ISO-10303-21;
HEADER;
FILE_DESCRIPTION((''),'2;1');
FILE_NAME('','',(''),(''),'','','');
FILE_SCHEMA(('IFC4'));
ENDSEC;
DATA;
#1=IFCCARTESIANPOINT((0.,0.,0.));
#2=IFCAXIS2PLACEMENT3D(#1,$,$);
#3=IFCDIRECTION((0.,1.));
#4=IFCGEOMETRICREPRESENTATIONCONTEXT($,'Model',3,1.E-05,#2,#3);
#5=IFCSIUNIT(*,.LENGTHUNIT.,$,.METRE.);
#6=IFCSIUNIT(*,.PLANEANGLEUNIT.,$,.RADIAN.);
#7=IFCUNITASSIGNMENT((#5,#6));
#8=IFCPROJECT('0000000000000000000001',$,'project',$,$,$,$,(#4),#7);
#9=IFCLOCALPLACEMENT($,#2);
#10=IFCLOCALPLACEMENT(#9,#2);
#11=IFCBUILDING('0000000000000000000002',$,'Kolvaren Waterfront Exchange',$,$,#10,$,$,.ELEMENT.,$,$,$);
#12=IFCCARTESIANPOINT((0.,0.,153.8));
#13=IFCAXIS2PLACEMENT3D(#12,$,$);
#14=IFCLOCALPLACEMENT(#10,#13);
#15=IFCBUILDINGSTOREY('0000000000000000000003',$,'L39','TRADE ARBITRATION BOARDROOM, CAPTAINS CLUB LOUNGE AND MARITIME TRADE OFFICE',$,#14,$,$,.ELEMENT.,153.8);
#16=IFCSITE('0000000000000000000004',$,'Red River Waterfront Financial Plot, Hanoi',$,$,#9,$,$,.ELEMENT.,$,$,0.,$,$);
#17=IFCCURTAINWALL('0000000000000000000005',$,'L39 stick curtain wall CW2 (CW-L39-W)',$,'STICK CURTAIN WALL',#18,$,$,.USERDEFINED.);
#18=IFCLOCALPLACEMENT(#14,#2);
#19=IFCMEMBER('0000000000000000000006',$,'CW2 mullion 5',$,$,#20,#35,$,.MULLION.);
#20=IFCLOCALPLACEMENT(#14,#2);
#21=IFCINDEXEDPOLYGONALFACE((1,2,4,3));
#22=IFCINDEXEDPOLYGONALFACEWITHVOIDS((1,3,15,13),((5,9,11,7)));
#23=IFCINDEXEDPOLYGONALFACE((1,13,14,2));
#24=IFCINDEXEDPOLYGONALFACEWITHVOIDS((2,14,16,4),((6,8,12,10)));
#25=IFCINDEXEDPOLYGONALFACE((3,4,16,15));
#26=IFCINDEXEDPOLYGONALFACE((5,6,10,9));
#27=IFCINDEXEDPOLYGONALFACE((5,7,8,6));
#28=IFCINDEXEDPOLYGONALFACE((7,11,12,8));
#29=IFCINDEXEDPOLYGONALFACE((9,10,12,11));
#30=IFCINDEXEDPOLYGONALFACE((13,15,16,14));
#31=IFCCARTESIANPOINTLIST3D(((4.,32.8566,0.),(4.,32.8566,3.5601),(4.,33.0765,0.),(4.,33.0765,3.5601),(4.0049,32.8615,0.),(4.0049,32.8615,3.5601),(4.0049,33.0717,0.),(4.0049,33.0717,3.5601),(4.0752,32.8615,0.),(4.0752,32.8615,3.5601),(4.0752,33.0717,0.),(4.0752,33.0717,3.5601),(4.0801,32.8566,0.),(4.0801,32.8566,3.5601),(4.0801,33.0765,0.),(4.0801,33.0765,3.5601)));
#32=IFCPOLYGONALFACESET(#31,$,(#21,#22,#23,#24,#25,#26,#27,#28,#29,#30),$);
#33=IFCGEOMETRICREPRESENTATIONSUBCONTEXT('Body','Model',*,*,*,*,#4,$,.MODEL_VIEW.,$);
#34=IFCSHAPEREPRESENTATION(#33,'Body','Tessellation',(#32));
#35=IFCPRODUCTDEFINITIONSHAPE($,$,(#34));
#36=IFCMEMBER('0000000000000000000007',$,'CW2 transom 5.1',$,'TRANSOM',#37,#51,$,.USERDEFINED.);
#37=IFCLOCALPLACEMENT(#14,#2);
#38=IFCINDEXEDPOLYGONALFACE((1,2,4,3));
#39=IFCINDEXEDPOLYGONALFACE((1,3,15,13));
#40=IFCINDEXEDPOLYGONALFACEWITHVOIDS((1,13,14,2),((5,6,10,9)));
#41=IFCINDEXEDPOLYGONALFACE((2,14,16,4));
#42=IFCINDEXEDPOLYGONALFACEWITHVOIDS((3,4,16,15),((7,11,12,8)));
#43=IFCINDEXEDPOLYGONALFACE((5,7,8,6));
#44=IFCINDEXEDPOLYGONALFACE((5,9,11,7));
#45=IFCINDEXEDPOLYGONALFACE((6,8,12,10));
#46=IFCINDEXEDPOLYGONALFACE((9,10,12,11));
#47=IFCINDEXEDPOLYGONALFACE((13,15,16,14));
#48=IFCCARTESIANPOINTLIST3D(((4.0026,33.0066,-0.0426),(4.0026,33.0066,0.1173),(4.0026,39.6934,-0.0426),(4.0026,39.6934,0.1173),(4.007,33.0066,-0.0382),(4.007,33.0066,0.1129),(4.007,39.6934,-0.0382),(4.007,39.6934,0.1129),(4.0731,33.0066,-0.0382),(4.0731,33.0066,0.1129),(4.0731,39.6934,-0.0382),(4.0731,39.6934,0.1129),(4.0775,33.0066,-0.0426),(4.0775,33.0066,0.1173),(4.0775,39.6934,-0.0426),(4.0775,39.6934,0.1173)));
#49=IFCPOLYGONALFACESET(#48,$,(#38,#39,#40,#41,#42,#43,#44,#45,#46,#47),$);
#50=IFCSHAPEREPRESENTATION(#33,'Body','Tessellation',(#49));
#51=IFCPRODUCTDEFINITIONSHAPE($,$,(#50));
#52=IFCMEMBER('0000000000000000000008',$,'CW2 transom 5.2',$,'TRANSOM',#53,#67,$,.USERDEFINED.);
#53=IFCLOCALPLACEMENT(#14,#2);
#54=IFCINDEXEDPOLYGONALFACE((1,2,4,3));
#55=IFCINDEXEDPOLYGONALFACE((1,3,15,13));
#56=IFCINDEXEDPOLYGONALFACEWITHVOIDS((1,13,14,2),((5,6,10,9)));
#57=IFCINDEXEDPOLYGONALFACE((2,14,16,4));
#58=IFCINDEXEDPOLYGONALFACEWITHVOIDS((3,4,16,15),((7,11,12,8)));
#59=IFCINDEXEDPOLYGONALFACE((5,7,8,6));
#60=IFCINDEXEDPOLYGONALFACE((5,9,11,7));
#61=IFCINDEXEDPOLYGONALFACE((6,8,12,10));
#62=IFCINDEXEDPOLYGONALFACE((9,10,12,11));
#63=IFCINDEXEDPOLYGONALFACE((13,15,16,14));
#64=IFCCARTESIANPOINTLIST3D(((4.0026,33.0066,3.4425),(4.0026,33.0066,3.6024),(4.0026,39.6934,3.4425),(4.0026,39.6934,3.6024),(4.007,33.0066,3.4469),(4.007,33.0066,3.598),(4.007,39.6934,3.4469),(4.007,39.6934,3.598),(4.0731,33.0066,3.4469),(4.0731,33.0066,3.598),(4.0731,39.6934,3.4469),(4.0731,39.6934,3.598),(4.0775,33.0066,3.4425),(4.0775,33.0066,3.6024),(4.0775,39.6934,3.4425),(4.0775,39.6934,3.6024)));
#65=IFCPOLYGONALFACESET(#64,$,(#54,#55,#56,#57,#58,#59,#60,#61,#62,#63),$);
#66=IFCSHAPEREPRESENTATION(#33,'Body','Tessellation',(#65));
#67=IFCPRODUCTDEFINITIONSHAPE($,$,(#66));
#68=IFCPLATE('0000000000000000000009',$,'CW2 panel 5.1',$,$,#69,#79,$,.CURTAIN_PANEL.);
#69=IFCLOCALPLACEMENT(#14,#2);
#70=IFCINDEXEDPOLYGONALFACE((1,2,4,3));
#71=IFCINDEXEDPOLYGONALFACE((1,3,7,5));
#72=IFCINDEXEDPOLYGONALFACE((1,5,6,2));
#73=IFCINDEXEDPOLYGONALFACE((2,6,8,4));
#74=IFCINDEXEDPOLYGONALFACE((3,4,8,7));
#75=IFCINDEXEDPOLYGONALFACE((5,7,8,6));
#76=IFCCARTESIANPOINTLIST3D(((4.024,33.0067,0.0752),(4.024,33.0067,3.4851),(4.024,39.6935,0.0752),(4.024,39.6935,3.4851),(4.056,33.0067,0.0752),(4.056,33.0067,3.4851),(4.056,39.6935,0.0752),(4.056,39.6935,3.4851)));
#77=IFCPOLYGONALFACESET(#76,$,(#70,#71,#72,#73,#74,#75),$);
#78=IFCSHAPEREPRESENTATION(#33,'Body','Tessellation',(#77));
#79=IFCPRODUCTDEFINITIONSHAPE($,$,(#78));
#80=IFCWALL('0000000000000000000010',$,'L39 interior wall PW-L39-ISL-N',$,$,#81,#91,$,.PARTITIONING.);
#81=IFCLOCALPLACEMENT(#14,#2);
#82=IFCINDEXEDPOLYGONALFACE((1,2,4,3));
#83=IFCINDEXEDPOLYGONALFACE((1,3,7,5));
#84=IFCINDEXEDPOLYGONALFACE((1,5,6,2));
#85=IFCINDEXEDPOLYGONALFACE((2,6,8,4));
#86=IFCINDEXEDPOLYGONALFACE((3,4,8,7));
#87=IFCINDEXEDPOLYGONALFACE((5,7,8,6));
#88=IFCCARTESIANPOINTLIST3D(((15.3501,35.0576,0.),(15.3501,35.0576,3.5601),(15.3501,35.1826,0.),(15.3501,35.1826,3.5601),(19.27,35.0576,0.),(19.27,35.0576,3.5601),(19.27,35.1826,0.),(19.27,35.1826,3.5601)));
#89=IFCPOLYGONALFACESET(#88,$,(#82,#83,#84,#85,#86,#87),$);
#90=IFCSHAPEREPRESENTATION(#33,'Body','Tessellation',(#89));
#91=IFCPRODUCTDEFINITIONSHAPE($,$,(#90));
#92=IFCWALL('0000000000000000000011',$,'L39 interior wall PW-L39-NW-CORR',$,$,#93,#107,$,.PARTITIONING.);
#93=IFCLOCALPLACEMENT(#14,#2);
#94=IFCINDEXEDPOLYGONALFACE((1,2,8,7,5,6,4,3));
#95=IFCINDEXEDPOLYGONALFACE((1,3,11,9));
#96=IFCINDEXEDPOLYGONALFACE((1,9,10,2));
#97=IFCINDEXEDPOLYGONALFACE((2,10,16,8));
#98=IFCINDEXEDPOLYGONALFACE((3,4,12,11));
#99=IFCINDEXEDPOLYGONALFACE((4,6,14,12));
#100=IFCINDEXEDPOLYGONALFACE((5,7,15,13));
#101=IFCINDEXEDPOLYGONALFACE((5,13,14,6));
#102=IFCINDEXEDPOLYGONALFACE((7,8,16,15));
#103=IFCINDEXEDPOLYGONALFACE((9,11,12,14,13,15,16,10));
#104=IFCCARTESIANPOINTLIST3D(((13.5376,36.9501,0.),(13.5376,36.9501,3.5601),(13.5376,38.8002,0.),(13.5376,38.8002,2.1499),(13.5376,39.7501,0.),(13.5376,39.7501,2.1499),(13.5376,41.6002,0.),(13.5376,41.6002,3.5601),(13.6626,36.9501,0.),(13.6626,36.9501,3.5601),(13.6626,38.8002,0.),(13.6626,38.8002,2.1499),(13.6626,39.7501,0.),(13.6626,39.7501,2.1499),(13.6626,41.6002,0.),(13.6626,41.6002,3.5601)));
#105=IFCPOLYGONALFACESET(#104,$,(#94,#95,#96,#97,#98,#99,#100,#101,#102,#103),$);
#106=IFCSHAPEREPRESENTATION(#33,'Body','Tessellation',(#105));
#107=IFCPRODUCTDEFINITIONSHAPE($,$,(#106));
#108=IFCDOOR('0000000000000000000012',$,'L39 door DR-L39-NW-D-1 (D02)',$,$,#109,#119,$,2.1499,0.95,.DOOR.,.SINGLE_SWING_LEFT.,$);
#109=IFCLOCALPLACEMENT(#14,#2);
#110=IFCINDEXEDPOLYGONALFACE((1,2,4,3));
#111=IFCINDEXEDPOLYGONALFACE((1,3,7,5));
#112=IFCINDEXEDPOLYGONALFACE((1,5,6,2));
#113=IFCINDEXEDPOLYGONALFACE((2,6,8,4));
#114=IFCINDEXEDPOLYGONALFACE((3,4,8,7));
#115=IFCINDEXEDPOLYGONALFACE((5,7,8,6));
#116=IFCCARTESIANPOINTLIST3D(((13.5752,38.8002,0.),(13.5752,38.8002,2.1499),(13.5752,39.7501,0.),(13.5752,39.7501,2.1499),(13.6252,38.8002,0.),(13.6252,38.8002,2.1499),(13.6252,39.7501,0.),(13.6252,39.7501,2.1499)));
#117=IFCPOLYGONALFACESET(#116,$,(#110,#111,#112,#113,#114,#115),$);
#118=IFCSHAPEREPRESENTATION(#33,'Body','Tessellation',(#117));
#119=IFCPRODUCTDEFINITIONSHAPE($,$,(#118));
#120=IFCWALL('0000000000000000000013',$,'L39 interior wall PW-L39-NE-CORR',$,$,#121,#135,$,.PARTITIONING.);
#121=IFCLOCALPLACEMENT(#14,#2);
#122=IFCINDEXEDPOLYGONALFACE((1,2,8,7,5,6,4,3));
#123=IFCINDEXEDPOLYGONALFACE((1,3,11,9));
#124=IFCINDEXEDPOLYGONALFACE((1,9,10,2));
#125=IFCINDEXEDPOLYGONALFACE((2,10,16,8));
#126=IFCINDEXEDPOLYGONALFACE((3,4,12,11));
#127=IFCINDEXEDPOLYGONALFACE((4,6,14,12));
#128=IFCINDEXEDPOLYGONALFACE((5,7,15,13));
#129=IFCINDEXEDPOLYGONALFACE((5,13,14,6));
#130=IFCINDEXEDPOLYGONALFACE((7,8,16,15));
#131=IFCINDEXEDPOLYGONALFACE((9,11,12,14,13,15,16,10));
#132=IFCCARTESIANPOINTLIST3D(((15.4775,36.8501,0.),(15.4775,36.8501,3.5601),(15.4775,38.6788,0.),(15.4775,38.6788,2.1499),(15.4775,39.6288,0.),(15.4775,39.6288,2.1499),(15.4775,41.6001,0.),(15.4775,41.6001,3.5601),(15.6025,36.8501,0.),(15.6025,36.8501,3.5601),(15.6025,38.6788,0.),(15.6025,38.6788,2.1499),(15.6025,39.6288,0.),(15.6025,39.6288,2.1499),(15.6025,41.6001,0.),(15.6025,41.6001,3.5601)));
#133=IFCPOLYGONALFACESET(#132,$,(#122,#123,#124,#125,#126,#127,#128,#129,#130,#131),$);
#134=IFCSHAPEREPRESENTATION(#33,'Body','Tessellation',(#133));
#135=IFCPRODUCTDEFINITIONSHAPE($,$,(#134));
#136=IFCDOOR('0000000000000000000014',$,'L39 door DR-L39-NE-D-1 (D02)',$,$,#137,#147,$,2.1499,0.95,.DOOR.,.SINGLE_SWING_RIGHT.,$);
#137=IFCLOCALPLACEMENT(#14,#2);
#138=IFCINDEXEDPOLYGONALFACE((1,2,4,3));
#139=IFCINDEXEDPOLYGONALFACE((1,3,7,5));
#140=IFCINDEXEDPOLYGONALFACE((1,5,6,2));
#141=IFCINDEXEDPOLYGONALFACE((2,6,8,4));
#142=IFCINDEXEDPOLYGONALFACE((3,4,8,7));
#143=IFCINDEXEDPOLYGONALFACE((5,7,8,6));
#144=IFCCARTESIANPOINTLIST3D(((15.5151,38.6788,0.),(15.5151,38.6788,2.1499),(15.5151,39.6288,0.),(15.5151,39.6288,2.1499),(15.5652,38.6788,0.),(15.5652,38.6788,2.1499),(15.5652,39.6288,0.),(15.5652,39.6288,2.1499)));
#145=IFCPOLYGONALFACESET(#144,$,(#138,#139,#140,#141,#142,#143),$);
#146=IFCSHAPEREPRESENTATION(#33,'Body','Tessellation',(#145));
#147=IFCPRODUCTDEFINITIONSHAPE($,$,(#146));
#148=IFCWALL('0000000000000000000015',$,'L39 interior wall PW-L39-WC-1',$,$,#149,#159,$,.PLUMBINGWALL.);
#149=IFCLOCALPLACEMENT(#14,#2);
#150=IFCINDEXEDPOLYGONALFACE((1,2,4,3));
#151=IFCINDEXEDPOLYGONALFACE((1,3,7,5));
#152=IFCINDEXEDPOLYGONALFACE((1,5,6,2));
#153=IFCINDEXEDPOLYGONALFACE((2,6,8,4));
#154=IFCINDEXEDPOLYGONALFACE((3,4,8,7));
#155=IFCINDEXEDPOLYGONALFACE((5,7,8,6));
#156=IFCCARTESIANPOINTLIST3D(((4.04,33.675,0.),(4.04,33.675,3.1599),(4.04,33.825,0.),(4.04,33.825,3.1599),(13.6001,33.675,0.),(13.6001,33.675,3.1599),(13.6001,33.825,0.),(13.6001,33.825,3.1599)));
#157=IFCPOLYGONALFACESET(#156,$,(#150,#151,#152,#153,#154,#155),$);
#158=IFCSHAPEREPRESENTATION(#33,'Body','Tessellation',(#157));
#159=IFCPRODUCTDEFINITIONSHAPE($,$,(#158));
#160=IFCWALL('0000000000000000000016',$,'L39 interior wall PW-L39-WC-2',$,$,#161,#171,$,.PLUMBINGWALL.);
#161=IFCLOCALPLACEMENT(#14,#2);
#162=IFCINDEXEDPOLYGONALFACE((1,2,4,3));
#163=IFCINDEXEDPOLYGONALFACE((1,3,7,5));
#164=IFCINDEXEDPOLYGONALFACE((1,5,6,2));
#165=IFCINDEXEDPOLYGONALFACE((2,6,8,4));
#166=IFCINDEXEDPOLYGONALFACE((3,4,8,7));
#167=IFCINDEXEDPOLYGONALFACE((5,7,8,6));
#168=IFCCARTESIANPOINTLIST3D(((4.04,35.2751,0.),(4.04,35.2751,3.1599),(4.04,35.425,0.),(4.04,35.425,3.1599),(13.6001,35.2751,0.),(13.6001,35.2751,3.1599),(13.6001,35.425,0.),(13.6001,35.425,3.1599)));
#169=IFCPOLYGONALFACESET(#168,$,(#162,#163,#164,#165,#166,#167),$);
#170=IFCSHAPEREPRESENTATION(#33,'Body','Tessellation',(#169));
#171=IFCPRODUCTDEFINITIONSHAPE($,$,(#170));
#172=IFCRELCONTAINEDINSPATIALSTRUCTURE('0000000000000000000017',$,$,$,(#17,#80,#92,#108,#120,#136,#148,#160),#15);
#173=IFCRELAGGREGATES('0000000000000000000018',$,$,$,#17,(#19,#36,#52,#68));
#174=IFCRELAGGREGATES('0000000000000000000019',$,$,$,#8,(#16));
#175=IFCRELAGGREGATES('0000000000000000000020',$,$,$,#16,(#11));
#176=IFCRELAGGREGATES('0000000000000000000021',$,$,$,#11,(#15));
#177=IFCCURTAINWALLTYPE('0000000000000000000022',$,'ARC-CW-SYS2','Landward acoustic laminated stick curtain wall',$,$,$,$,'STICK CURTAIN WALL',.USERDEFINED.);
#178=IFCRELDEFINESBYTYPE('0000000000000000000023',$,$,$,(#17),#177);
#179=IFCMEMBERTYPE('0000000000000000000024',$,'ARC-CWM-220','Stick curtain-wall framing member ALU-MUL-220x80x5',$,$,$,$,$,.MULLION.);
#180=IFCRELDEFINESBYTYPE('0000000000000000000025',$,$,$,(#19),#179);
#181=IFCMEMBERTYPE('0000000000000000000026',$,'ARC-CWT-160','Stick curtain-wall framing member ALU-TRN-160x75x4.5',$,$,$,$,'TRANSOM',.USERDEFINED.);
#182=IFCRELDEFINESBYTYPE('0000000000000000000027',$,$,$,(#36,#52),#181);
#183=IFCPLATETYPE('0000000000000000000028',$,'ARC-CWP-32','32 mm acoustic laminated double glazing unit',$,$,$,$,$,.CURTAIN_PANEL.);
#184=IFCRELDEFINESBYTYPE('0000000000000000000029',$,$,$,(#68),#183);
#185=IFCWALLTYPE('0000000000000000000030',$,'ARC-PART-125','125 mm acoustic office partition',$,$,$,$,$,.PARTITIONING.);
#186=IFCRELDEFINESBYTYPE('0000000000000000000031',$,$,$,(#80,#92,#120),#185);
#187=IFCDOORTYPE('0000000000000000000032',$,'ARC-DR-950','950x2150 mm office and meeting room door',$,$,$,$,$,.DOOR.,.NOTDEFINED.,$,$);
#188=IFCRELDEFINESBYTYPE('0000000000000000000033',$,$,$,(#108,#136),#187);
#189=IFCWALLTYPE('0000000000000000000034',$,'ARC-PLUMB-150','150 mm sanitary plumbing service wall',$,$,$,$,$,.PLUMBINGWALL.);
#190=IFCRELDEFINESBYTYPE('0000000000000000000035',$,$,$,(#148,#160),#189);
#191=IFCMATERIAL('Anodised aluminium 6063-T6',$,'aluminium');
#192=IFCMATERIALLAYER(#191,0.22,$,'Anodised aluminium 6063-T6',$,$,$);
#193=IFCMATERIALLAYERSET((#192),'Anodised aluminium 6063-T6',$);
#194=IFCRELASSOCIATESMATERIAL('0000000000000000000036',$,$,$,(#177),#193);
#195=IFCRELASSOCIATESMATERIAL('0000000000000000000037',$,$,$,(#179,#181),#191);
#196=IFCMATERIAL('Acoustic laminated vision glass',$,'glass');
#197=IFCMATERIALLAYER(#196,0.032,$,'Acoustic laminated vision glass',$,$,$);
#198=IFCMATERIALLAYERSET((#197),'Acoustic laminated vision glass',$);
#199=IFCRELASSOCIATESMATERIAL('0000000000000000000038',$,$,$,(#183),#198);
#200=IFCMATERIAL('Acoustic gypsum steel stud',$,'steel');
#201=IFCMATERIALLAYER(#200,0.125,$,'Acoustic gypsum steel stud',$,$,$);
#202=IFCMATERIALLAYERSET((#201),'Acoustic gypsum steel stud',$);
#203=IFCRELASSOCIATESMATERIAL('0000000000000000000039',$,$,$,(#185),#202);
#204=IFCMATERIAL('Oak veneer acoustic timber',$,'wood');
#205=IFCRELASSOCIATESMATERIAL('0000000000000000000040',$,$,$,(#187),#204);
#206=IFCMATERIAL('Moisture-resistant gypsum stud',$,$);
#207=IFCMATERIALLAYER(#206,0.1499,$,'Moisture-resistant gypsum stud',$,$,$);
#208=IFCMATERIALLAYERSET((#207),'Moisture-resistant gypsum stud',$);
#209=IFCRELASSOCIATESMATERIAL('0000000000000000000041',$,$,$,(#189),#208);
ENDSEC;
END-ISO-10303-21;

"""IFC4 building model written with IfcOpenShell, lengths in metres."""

from ifc_helpers import new_model, si_unit, direction, frame, frame_2d, origin, origin_with_axes, origin_2d, place, context, subcontext, project, spatial, rectangle, hollow_rectangle, extrude, source, transform, mapped, material, layer, layer_set, material_profile, profile_set, type_object, element, fill, aggregate, save


model = new_model("IFC4")

# Units and contexts
model_context = context("Model", 3, precision=1e-05, world=origin(), true_north=direction((0.0, 1.0)))
body_context = subcontext(model_context, "Body", "Model", "MODEL_VIEW")
ifc_project = project(units=[si_unit("LENGTHUNIT", "METRE"), si_unit("PLANEANGLEUNIT", "RADIAN")], contexts=[model_context])

# Site, building, storey
site_placement = place(None, origin())
site = spatial("IfcSite", under=ifc_project, at=site_placement, Name="Red River Waterfront Financial Plot, Hanoi", CompositionType="ELEMENT", RefElevation=0.0)
building_placement = place(site_placement, origin())
building = spatial("IfcBuilding", under=site, at=building_placement, Name="Kolvaren Waterfront Exchange", CompositionType="ELEMENT")
storey_placement = place(building_placement, frame((0.0, 0.0, 153.8)))
storey = spatial("IfcBuildingStorey", under=building, at=storey_placement, Name="L39", Description="TRADE ARBITRATION BOARDROOM, CAPTAINS CLUB LOUNGE AND MARITIME TRADE OFFICE", CompositionType="ELEMENT", Elevation=153.8)

# Curtain wall, members, plate
ifc_material_1 = material(Name="Anodised aluminium 6063-T6", Category="aluminium")
ifc_layer_1 = layer(ifc_material_1, 0.22, Name="Anodised aluminium 6063-T6")
ifc_layer_set_1 = layer_set([ifc_layer_1], Name="Anodised aluminium 6063-T6")
curtain_wall_type = type_object("IfcCurtainWallType", Name="ARC-CW-SYS2", Description="Landward acoustic laminated stick curtain wall", ElementType="STICK CURTAIN WALL", PredefinedType="USERDEFINED", material=ifc_layer_set_1)
curtain_wall_placement = place(storey_placement, origin())
curtain_wall = element("IfcCurtainWall", 1, at=curtain_wall_placement, inside=storey, type_object=curtain_wall_type, Name="L39 stick curtain wall CW2 (CW-L39-W)", ObjectType="STICK CURTAIN WALL", PredefinedType="USERDEFINED")
ifc_material_profile_1 = material_profile(ifc_material_1, hollow_rectangle(XDim=0.0801, YDim=0.22, WallThickness=0.0049, at=origin_2d()), Name="ALU-MUL-220x80x5")
ifc_profile_set_1 = profile_set([ifc_material_profile_1], Name="Anodised aluminium 6063-T6")
member_type_1 = type_object("IfcMemberType", Name="ARC-CWM-220", Description="Stick curtain-wall framing member ALU-MUL-220x80x5", PredefinedType="MULLION", material=ifc_profile_set_1)
shared_shape_1 = source(origin_with_axes(), body_context, "Body", "SweptSolid", [
    extrude(hollow_rectangle(XDim=0.0801, YDim=0.22, WallThickness=0.0049, at=origin_2d()), origin(), (0.0, 0.0, 1.0), 3.5601),
])
member_1_placement = place(storey_placement, frame((4.04, 32.9666, 0.0), z_axis=(0.0, 0.0, 1.0), x_axis=(-1.0, 0.0, 0.0)))
member_1 = element("IfcMember", 2, at=member_1_placement, type_object=member_type_1, Name="CW2 mullion 5", PredefinedType="MULLION", context=body_context, shape_type="MappedRepresentation", body=[
    mapped(shared_shape_1, transform((0.0, 0.0, 0.0), x_axis=(1.0, 0.0, 0.0), y_axis=(0.0, 1.0, 0.0), z_axis=(0.0, 0.0, 1.0), scale=1.0)),
])
ifc_material_profile_2 = material_profile(ifc_material_1, hollow_rectangle(XDim=0.075, YDim=0.1599, WallThickness=0.0044, at=origin_2d()), Name="ALU-TRN-160x75x4.5")
ifc_profile_set_2 = profile_set([ifc_material_profile_2], Name="Anodised aluminium 6063-T6")
member_type_2 = type_object("IfcMemberType", Name="ARC-CWT-160", Description="Stick curtain-wall framing member ALU-TRN-160x75x4.5", ElementType="TRANSOM", PredefinedType="USERDEFINED", material=ifc_profile_set_2)
shared_shape_2 = source(origin_with_axes(), body_context, "Body", "SweptSolid", [
    extrude(hollow_rectangle(XDim=0.075, YDim=0.1599, WallThickness=0.0044, at=origin_2d()), origin(), (0.0, 0.0, 1.0), 6.6868),
])
member_2_placement = place(storey_placement, frame((4.04, 33.0066, 0.0374), z_axis=(0.0, 1.0, 0.0), x_axis=(-1.0, 0.0, 0.0)))
member_2 = element("IfcMember", 3, at=member_2_placement, type_object=member_type_2, Name="CW2 transom 5.1", ObjectType="TRANSOM", PredefinedType="USERDEFINED", context=body_context, shape_type="MappedRepresentation", body=[
    mapped(shared_shape_2, transform((0.0, 0.0, 0.0), x_axis=(1.0, 0.0, 0.0), y_axis=(0.0, 1.0, 0.0), z_axis=(0.0, 0.0, 1.0), scale=1.0)),
])
member_3_placement = place(storey_placement, frame((4.04, 33.0066, 3.5225), z_axis=(0.0, 1.0, 0.0), x_axis=(-1.0, 0.0, 0.0)))
member_3 = element("IfcMember", 4, at=member_3_placement, type_object=member_type_2, Name="CW2 transom 5.2", ObjectType="TRANSOM", PredefinedType="USERDEFINED", context=body_context, shape_type="MappedRepresentation", body=[
    mapped(shared_shape_2, transform((0.0, 0.0, 0.0), x_axis=(1.0, 0.0, 0.0), y_axis=(0.0, 1.0, 0.0), z_axis=(0.0, 0.0, 1.0), scale=1.0)),
])
ifc_material_2 = material(Name="Acoustic laminated vision glass", Category="glass")
ifc_layer_2 = layer(ifc_material_2, 0.032, Name="Acoustic laminated vision glass")
ifc_layer_set_2 = layer_set([ifc_layer_2], Name="Acoustic laminated vision glass")
plate_type = type_object("IfcPlateType", Name="ARC-CWP-32", Description="32 mm acoustic laminated double glazing unit", PredefinedType="CURTAIN_PANEL", material=ifc_layer_set_2)
shared_shape_3 = source(origin_with_axes(), body_context, "Body", "SweptSolid", [
    extrude(rectangle(XDim=6.6868, YDim=0.032, at=origin_2d()), origin(), (0.0, 0.0, 1.0), 3.4099),
])
plate_placement = place(storey_placement, frame((4.04, 36.3501, 0.0752), z_axis=(0.0, 0.0, 1.0), x_axis=(0.0, 1.0, 0.0)))
plate = element("IfcPlate", 5, at=plate_placement, type_object=plate_type, Name="CW2 panel 5.1", PredefinedType="CURTAIN_PANEL", context=body_context, shape_type="MappedRepresentation", body=[
    mapped(shared_shape_3, transform((0.0, 0.0, 0.0), x_axis=(1.0, 0.0, 0.0), y_axis=(0.0, 1.0, 0.0), z_axis=(0.0, 0.0, 1.0), scale=1.0)),
])
aggregate(curtain_wall, [member_1, member_2, member_3, plate])

# Wall
ifc_material_3 = material(Name="Acoustic gypsum steel stud", Category="steel")
ifc_layer_3 = layer(ifc_material_3, 0.125, Name="Acoustic gypsum steel stud")
ifc_layer_set_3 = layer_set([ifc_layer_3], Name="Acoustic gypsum steel stud")
wall_type_1 = type_object("IfcWallType", Name="ARC-PART-125", Description="125 mm acoustic office partition", PredefinedType="PARTITIONING", material=ifc_layer_set_3)
wall_1_placement = place(storey_placement, frame((15.3501, 35.1201, 0.0), z_axis=(0.0, 0.0, 1.0), x_axis=(1.0, 0.0, 0.0)))
element("IfcWall", 6, at=wall_1_placement, inside=storey, type_object=wall_type_1, Name="L39 interior wall PW-L39-ISL-N", PredefinedType="PARTITIONING", context=body_context, shape_type="SweptSolid", body=[
    extrude(rectangle(XDim=3.9199, YDim=0.125, at=frame_2d((1.96, 0.0))), origin(), (0.0, 0.0, 1.0), 3.5601),
])

# Walls, openings, doors
wall_2_placement = place(storey_placement, frame((13.6001, 36.95, 0.0), z_axis=(0.0, 0.0, 1.0), x_axis=(0.0, 1.0, 0.0)))
wall_2 = element("IfcWall", 7, at=wall_2_placement, inside=storey, type_object=wall_type_1, Name="L39 interior wall PW-L39-NW-CORR", PredefinedType="PARTITIONING", context=body_context, shape_type="SweptSolid", body=[
    extrude(rectangle(XDim=4.6501, YDim=0.125, at=frame_2d((2.3252, 0.0))), origin(), (0.0, 0.0, 1.0), 3.5601),
])
opening_1_placement = place(wall_2_placement, frame((1.8501, 0.0, 0.0)))
opening_1 = element("IfcOpeningElement", 8, at=opening_1_placement, cuts=wall_2, PredefinedType="OPENING", context=body_context, shape_type="SweptSolid", body=[
    extrude(rectangle(XDim=0.95, YDim=2.1499, at=frame_2d((0.4751, 1.075))), frame((0.0, 0.0725, 0.0), z_axis=(0.0, -1.0, 0.0), x_axis=(1.0, 0.0, 0.0)), (0.0, 0.0, 1.0), 0.145),
])
ifc_material_4 = material(Name="Oak veneer acoustic timber", Category="wood")
door_type = type_object("IfcDoorType", Name="ARC-DR-950", Description="950x2150 mm office and meeting room door", OperationType="NOTDEFINED", PredefinedType="DOOR", material=ifc_material_4)
door_1_placement = place(opening_1_placement, origin())
door_1 = element("IfcDoor", 9, at=door_1_placement, inside=storey, type_object=door_type, Name="L39 door DR-L39-NW-D-1 (D02)", OperationType="SINGLE_SWING_LEFT", OverallHeight=2.1499, OverallWidth=0.95, PredefinedType="DOOR", context=body_context, shape_type="SweptSolid", body=[
    extrude(rectangle(XDim=0.95, YDim=2.1499, at=frame_2d((0.4751, 1.075))), frame((0.0, 0.0249, 0.0), z_axis=(0.0, -1.0, 0.0), x_axis=(1.0, 0.0, 0.0)), (0.0, 0.0, 1.0), 0.05),
])
fill(opening_1, door_1)
wall_3_placement = place(storey_placement, frame((15.54, 36.8501, 0.0), z_axis=(0.0, 0.0, 1.0), x_axis=(0.0, 1.0, 0.0)))
wall_3 = element("IfcWall", 10, at=wall_3_placement, inside=storey, type_object=wall_type_1, Name="L39 interior wall PW-L39-NE-CORR", PredefinedType="PARTITIONING", context=body_context, shape_type="SweptSolid", body=[
    extrude(rectangle(XDim=4.75, YDim=0.125, at=frame_2d((2.375, 0.0))), origin(), (0.0, 0.0, 1.0), 3.5601),
])
opening_2_placement = place(wall_3_placement, frame((1.8286, 0.0, 0.0)))
opening_2 = element("IfcOpeningElement", 11, at=opening_2_placement, cuts=wall_3, PredefinedType="OPENING", context=body_context, shape_type="SweptSolid", body=[
    extrude(rectangle(XDim=0.95, YDim=2.1499, at=frame_2d((0.4751, 1.075))), frame((0.0, 0.0725, 0.0), z_axis=(0.0, -1.0, 0.0), x_axis=(1.0, 0.0, 0.0)), (0.0, 0.0, 1.0), 0.145),
])
door_2_placement = place(opening_2_placement, origin())
door_2 = element("IfcDoor", 12, at=door_2_placement, inside=storey, type_object=door_type, Name="L39 door DR-L39-NE-D-1 (D02)", OperationType="SINGLE_SWING_RIGHT", OverallHeight=2.1499, OverallWidth=0.95, PredefinedType="DOOR", context=body_context, shape_type="SweptSolid", body=[
    extrude(rectangle(XDim=0.95, YDim=2.1499, at=frame_2d((0.4751, 1.075))), frame((0.0, 0.0249, 0.0), z_axis=(0.0, -1.0, 0.0), x_axis=(1.0, 0.0, 0.0)), (0.0, 0.0, 1.0), 0.05),
])
fill(opening_2, door_2)

# Walls
ifc_material_5 = material(Name="Moisture-resistant gypsum stud")
ifc_layer_4 = layer(ifc_material_5, 0.1499, Name="Moisture-resistant gypsum stud")
ifc_layer_set_4 = layer_set([ifc_layer_4], Name="Moisture-resistant gypsum stud")
wall_type_2 = type_object("IfcWallType", Name="ARC-PLUMB-150", Description="150 mm sanitary plumbing service wall", PredefinedType="PLUMBINGWALL", material=ifc_layer_set_4)
for number, where, z_axis, x_axis, name in (
    (13, (4.04, 33.75, 0.0), (0.0, 0.0, 1.0), (1.0, 0.0, 0.0), "L39 interior wall PW-L39-WC-1"),
    (14, (4.04, 35.3501, 0.0), (0.0, 0.0, 1.0), (1.0, 0.0, 0.0), "L39 interior wall PW-L39-WC-2"),
):
    element("IfcWall", number, at=place(storey_placement, frame(where, z_axis=z_axis, x_axis=x_axis)), inside=storey, type_object=wall_type_2, Name=name, PredefinedType="PLUMBINGWALL", context=body_context, shape_type="SweptSolid", body=[
        extrude(rectangle(XDim=9.5601, YDim=0.1499, at=frame_2d((4.78, 0.0))), origin(), (0.0, 0.0, 1.0), 3.1599),
    ])

save(model, "model.ifc")
